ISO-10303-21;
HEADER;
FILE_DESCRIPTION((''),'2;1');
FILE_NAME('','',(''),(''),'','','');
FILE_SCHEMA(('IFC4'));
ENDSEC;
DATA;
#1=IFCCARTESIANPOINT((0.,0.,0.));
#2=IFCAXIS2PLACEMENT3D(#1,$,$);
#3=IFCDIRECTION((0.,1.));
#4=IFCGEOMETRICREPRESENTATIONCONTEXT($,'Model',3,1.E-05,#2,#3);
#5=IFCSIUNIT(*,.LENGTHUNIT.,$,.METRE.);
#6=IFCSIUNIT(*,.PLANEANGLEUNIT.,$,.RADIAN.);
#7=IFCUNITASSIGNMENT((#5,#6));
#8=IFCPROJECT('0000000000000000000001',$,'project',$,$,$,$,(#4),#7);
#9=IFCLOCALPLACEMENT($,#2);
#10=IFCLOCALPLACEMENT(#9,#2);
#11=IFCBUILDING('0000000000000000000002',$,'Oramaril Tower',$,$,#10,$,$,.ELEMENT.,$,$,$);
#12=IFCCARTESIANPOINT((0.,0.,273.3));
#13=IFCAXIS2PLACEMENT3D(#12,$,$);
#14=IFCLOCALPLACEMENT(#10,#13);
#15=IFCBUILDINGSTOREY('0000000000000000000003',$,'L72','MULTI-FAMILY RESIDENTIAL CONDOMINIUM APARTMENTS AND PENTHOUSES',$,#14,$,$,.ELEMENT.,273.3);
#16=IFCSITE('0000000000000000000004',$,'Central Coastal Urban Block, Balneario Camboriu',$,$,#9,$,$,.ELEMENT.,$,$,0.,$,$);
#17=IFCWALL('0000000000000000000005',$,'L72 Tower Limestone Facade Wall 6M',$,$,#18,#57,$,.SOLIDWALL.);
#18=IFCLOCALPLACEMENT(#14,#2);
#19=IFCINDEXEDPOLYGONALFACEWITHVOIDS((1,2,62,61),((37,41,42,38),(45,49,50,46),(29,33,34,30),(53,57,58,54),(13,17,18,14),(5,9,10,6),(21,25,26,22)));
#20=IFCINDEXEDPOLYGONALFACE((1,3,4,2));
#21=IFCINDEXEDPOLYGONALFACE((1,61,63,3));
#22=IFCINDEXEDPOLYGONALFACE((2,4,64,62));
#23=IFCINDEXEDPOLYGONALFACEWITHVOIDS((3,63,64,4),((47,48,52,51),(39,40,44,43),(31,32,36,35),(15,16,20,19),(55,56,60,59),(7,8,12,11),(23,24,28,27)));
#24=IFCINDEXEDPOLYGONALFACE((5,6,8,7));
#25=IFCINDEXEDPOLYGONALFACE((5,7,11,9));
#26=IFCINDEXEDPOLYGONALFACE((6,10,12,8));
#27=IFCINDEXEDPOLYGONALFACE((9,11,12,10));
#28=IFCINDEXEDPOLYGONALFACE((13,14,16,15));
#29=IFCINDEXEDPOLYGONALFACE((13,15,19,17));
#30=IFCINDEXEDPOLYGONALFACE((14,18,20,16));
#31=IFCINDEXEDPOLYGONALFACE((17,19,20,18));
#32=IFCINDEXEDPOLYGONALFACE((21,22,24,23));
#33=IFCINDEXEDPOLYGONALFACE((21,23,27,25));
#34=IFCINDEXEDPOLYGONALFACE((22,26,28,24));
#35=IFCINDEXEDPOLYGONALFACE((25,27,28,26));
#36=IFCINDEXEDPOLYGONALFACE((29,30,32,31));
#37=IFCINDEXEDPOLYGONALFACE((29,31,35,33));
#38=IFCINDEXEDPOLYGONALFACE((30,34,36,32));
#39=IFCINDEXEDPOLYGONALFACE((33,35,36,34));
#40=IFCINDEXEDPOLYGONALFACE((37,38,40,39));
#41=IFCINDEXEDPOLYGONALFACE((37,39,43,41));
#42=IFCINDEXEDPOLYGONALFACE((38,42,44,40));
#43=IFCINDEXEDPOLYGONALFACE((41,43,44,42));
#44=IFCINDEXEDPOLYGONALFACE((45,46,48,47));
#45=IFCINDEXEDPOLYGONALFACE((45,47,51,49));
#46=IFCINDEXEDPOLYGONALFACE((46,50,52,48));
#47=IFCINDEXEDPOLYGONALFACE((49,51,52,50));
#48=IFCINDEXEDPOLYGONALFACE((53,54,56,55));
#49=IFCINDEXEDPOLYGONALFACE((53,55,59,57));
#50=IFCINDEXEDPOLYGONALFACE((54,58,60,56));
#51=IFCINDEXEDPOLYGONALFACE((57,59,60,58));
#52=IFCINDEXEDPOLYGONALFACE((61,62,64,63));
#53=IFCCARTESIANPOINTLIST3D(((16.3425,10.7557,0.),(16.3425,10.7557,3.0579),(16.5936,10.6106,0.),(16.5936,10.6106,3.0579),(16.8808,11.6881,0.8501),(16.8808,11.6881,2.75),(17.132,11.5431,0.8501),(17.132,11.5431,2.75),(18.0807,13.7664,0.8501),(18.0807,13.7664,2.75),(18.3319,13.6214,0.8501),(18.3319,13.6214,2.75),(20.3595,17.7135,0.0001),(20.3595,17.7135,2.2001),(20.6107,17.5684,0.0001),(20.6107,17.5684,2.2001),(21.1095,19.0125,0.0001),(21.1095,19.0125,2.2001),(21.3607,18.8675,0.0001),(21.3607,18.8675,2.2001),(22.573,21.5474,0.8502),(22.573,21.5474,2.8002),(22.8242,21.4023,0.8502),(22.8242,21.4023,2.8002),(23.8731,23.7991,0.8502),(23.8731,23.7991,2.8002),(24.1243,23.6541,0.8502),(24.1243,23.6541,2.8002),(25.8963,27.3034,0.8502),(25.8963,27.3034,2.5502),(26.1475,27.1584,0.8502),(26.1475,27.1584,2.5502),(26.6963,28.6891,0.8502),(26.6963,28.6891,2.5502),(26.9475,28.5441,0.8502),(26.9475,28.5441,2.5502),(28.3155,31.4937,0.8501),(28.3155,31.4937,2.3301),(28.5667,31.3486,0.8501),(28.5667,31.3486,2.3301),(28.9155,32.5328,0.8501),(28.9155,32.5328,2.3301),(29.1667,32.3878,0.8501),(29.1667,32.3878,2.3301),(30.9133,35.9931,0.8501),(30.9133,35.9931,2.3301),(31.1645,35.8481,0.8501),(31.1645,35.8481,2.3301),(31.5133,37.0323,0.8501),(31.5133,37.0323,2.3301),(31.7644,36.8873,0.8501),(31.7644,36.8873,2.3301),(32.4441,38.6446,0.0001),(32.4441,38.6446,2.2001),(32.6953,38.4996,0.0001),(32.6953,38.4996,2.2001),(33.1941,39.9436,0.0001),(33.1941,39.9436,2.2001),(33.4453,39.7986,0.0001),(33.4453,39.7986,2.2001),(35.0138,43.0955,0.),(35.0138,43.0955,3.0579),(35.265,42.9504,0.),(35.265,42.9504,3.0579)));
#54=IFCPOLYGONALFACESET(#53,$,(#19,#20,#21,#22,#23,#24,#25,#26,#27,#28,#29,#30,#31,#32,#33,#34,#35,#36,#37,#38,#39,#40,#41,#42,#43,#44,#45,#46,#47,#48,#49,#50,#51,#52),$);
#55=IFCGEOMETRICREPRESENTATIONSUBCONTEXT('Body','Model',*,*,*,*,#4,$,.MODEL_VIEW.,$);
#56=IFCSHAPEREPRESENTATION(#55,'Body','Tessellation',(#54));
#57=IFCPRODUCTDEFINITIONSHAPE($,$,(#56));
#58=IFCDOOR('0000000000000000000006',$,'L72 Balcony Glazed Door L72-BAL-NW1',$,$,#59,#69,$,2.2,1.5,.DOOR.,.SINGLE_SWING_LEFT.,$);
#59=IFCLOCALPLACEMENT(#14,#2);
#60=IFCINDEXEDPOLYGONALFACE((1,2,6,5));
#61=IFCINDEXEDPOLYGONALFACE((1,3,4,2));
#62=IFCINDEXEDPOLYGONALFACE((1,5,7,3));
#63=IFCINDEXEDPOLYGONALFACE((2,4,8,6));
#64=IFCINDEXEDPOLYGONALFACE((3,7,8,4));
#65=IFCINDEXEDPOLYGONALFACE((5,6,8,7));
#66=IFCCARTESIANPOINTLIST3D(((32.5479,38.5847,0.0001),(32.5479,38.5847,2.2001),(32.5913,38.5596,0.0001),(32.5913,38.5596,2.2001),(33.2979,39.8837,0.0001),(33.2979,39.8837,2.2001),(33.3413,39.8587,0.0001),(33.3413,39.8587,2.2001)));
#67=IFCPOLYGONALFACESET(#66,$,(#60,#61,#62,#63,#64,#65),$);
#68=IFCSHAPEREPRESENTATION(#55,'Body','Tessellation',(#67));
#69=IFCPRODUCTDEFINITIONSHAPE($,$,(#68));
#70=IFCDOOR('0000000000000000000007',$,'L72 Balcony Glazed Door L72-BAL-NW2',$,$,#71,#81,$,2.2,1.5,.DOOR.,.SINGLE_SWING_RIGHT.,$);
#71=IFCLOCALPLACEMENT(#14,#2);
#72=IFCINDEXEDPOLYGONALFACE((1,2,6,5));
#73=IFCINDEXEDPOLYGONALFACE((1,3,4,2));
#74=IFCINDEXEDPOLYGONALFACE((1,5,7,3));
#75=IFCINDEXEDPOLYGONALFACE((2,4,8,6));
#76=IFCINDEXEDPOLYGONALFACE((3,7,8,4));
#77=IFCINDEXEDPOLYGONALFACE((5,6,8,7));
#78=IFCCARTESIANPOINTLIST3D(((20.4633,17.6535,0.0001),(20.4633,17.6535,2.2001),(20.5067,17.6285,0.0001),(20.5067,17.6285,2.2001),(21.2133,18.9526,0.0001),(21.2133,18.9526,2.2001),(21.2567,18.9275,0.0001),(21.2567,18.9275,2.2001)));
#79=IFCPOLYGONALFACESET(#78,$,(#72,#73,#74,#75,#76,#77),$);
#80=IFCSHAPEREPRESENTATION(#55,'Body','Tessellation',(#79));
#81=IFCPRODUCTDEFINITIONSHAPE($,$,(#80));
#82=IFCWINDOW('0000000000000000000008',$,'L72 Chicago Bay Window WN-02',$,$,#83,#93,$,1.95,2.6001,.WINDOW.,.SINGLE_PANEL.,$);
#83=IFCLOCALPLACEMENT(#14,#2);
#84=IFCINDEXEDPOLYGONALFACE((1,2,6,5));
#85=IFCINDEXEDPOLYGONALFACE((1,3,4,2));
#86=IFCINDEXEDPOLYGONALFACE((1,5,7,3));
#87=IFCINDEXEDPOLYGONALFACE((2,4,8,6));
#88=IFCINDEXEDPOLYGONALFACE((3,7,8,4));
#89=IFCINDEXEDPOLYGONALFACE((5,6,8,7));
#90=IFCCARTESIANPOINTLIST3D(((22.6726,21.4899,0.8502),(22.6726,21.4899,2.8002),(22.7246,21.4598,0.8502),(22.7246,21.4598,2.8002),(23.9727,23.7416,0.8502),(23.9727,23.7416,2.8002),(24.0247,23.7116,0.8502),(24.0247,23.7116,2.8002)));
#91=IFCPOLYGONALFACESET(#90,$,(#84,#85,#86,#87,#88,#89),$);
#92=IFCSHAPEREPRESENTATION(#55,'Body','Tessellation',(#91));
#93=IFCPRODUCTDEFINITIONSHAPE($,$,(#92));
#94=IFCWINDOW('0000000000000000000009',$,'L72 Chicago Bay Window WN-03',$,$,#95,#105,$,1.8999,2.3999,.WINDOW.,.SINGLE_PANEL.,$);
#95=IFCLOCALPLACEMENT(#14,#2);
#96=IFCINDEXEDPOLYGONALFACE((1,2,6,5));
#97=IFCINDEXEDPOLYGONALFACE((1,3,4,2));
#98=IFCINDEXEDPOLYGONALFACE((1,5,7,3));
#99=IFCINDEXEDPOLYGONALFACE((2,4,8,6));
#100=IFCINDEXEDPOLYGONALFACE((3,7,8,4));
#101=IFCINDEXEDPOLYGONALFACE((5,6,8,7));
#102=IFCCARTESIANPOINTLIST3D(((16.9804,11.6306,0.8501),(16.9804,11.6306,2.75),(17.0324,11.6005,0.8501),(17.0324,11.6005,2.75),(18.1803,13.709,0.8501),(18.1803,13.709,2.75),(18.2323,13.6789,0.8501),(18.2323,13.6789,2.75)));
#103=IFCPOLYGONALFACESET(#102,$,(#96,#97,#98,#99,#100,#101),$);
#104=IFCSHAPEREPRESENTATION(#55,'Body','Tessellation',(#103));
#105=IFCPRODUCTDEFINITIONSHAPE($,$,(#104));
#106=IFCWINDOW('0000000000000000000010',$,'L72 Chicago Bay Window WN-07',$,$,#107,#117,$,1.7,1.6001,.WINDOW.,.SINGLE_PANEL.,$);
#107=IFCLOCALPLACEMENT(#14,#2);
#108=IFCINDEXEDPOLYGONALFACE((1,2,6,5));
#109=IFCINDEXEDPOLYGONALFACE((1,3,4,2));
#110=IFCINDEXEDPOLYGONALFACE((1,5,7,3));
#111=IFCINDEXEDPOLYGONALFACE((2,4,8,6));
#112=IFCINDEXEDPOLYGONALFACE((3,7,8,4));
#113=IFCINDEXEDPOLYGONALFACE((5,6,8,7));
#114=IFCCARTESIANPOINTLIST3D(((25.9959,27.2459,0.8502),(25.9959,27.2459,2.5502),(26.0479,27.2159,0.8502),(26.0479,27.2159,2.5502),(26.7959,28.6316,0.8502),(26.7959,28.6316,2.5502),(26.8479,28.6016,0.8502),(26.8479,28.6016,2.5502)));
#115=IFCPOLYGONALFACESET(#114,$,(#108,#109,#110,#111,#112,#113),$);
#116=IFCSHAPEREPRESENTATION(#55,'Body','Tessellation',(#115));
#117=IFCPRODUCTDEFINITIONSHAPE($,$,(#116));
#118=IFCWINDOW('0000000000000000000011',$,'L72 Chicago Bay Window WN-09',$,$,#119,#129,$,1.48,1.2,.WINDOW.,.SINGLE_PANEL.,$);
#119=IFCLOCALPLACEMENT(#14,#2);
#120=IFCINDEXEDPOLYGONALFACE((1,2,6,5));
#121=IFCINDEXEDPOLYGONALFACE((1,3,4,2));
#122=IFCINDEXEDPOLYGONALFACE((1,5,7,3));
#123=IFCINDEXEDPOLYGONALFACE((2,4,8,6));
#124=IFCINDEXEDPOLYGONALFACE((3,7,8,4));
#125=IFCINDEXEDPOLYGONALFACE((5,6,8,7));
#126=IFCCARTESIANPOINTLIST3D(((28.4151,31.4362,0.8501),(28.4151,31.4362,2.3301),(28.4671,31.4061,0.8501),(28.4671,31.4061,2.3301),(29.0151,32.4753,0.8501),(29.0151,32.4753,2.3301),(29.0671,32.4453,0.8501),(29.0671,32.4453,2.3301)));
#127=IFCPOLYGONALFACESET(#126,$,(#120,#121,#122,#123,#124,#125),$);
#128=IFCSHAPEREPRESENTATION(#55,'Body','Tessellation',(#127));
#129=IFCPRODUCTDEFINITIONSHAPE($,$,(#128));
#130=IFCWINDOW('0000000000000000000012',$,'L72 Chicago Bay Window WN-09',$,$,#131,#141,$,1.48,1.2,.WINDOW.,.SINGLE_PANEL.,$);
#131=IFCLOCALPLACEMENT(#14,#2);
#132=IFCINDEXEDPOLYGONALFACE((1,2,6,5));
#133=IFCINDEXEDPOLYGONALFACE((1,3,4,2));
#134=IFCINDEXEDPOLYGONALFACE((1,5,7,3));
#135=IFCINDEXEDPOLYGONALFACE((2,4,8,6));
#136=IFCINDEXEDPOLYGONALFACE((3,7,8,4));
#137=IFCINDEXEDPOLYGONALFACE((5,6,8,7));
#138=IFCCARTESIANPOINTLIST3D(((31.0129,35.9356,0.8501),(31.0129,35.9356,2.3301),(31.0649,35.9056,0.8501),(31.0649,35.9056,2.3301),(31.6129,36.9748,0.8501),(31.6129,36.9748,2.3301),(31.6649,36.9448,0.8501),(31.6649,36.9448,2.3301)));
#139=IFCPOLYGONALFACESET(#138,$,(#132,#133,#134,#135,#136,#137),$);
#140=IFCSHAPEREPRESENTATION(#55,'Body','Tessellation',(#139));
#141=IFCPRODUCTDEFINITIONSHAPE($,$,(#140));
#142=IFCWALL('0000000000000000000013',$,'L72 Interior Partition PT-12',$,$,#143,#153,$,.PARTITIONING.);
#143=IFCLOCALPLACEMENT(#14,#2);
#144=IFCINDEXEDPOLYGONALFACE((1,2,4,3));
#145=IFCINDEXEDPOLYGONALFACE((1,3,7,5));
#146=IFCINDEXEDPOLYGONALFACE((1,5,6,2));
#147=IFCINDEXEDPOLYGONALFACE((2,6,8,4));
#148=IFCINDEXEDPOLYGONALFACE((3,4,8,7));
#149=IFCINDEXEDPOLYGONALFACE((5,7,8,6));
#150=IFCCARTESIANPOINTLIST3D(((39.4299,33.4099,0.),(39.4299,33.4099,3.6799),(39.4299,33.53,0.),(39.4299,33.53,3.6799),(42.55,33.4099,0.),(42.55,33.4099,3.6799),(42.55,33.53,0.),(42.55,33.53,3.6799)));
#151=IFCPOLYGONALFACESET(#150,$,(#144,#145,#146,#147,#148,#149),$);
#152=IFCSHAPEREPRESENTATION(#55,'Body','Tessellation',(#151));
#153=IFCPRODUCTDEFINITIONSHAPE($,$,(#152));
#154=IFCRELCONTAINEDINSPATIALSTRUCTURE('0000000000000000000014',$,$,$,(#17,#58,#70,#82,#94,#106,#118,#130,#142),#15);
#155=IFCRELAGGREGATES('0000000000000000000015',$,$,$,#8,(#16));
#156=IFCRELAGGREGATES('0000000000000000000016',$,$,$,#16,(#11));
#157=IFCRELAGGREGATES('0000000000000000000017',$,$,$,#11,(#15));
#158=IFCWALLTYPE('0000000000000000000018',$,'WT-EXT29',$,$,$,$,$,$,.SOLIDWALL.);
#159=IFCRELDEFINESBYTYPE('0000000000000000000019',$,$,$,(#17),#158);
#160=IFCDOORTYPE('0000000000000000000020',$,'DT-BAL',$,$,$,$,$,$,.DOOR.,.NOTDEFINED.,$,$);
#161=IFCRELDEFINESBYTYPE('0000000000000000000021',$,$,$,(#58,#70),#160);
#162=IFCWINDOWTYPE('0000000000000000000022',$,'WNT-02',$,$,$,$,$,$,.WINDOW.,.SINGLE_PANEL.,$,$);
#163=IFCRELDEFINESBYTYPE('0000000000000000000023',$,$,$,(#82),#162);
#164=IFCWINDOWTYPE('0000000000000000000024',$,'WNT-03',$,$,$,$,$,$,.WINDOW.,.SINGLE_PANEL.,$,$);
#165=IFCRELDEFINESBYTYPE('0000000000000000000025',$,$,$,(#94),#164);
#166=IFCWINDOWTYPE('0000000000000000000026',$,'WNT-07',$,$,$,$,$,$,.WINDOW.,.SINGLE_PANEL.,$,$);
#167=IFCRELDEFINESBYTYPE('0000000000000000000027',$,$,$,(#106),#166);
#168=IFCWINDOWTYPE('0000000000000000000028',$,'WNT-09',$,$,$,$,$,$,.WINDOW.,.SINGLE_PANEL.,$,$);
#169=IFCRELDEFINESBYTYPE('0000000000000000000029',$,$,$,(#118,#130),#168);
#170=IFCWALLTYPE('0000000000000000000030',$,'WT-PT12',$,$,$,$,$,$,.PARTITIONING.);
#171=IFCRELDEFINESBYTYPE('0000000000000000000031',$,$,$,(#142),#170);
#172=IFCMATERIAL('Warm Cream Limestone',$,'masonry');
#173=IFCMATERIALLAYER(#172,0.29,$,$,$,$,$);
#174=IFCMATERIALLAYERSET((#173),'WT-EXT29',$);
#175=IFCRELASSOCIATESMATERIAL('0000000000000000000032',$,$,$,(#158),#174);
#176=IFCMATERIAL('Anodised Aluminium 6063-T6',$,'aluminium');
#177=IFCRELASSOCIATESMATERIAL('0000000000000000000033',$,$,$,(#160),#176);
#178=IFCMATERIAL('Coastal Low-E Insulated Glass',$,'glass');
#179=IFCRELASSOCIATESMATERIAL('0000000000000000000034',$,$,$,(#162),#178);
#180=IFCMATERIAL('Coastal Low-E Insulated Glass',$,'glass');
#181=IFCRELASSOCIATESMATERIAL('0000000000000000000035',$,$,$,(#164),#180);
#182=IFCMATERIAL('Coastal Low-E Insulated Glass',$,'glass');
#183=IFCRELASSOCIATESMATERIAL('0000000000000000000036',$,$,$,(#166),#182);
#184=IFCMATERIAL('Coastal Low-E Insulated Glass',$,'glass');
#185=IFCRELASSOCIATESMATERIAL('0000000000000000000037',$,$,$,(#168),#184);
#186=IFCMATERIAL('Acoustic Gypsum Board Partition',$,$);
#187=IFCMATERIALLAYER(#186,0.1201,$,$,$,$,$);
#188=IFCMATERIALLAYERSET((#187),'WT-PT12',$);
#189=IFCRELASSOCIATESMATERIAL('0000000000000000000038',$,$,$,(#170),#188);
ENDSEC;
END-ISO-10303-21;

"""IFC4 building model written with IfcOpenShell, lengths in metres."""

from ifc_helpers import new_model, si_unit, direction, frame, frame_2d, origin, place, context, subcontext, project, spatial, rectangle, extrude, material, layer, layer_set, type_object, element, fill, save


model = new_model("IFC4")

# Units and contexts
model_context = context("Model", 3, precision=1e-05, world=origin(), true_north=direction((0.0, 1.0)))
body_context = subcontext(model_context, "Body", "Model", "MODEL_VIEW")
ifc_project = project(units=[si_unit("LENGTHUNIT", "METRE"), si_unit("PLANEANGLEUNIT", "RADIAN")], contexts=[model_context])

# Site, building, storey
site_placement = place(None, origin())
site = spatial("IfcSite", under=ifc_project, at=site_placement, Name="Central Coastal Urban Block, Balneario Camboriu", CompositionType="ELEMENT", RefElevation=0.0)
building_placement = place(site_placement, origin())
building = spatial("IfcBuilding", under=site, at=building_placement, Name="Oramaril Tower", CompositionType="ELEMENT")
storey_placement = place(building_placement, frame((0.0, 0.0, 273.3)))
storey = spatial("IfcBuildingStorey", under=building, at=storey_placement, Name="L72", Description="MULTI-FAMILY RESIDENTIAL CONDOMINIUM APARTMENTS AND PENTHOUSES", CompositionType="ELEMENT", Elevation=273.3)

# Shared definitions
ifc_material_1 = material(Name="Warm Cream Limestone", Category="masonry")
ifc_layer_1 = layer(ifc_material_1, 0.29)
ifc_layer_set_1 = layer_set([ifc_layer_1], Name="WT-EXT29")
wall_type_1 = type_object("IfcWallType", Name="WT-EXT29", PredefinedType="SOLIDWALL", material=ifc_layer_set_1)

# Wall, openings, doors, windows
wall_1_placement = place(storey_placement, frame((35.1394, 43.0229, 0.0), z_axis=(0.0, 0.0, 1.0), x_axis=(-0.499999, -0.866026, 0.0)))
wall_1 = element("IfcWall", 1, at=wall_1_placement, inside=storey, type_object=wall_type_1, Name="L72 Tower Limestone Facade Wall 6M", PredefinedType="SOLIDWALL", context=body_context, shape_type="SweptSolid", body=[
    extrude(rectangle(XDim=37.3428, YDim=0.29, at=frame_2d((18.6714, 0.0))), origin(), (0.0, 0.0, 1.0), 3.0579),
])
opening_1_placement = place(wall_1_placement, frame((3.6394, 0.0, 0.0)))
opening_1 = element("IfcOpeningElement", 2, at=opening_1_placement, cuts=wall_1, PredefinedType="OPENING", context=body_context, shape_type="SweptSolid", body=[
    extrude(rectangle(XDim=1.5, YDim=2.2, at=frame_2d((0.75, 1.1001))), frame((0.0, 0.145, 0.0), z_axis=(0.0, -1.0, 0.0), x_axis=(1.0, 0.0, 0.0)), (0.0, 0.0, 1.0), 0.29),
])
opening_2_placement = place(wall_1_placement, frame((27.8086, 0.0, 0.0)))
opening_2 = element("IfcOpeningElement", 3, at=opening_2_placement, cuts=wall_1, PredefinedType="OPENING", context=body_context, shape_type="SweptSolid", body=[
    extrude(rectangle(XDim=1.5, YDim=2.2, at=frame_2d((0.75, 1.1001))), frame((0.0, 0.145, 0.0), z_axis=(0.0, -1.0, 0.0), x_axis=(1.0, 0.0, 0.0)), (0.0, 0.0, 1.0), 0.29),
])
opening_3_placement = place(wall_1_placement, frame((22.2815, 0.0, 0.8501)))
opening_3 = element("IfcOpeningElement", 4, at=opening_3_placement, cuts=wall_1, PredefinedType="OPENING", context=body_context, shape_type="SweptSolid", body=[
    extrude(rectangle(XDim=2.6001, YDim=1.95, at=frame_2d((1.3, 0.9751))), frame((0.0, 0.145, 0.0), z_axis=(0.0, -1.0, 0.0), x_axis=(1.0, 0.0, 0.0)), (0.0, 0.0, 1.0), 0.29),
])
opening_4_placement = place(wall_1_placement, frame((33.8662, 0.0, 0.8501)))
opening_4 = element("IfcOpeningElement", 5, at=opening_4_placement, cuts=wall_1, PredefinedType="OPENING", context=body_context, shape_type="SweptSolid", body=[
    extrude(rectangle(XDim=2.3999, YDim=1.8999, at=frame_2d((1.2, 0.95))), frame((0.0, 0.145, 0.0), z_axis=(0.0, -1.0, 0.0), x_axis=(1.0, 0.0, 0.0)), (0.0, 0.0, 1.0), 0.29),
])
opening_5_placement = place(wall_1_placement, frame((12.1965, 0.0, 0.8501)))
opening_5 = element("IfcOpeningElement", 6, at=opening_5_placement, cuts=wall_1, PredefinedType="OPENING", context=body_context, shape_type="SweptSolid", body=[
    extrude(rectangle(XDim=1.2, YDim=1.48, at=frame_2d((0.6001, 0.74))), frame((0.0, 0.145, 0.0), z_axis=(0.0, -1.0, 0.0), x_axis=(1.0, 0.0, 0.0)), (0.0, 0.0, 1.0), 0.29),
])
opening_6_placement = place(wall_1_placement, frame((16.635, 0.0, 0.8501)))
opening_6 = element("IfcOpeningElement", 7, at=opening_6_placement, cuts=wall_1, PredefinedType="OPENING", context=body_context, shape_type="SweptSolid", body=[
    extrude(rectangle(XDim=1.6001, YDim=1.7, at=frame_2d((0.8, 0.8501))), frame((0.0, 0.145, 0.0), z_axis=(0.0, -1.0, 0.0), x_axis=(1.0, 0.0, 0.0)), (0.0, 0.0, 1.0), 0.29),
])
opening_7_placement = place(wall_1_placement, frame((7.001, 0.0, 0.8501)))
opening_7 = element("IfcOpeningElement", 8, at=opening_7_placement, cuts=wall_1, PredefinedType="OPENING", context=body_context, shape_type="SweptSolid", body=[
    extrude(rectangle(XDim=1.2, YDim=1.48, at=frame_2d((0.6001, 0.74))), frame((0.0, 0.145, 0.0), z_axis=(0.0, -1.0, 0.0), x_axis=(1.0, 0.0, 0.0)), (0.0, 0.0, 1.0), 0.29),
])
ifc_material_2 = material(Name="Anodised Aluminium 6063-T6", Category="aluminium")
door_type = type_object("IfcDoorType", Name="DT-BAL", OperationType="NOTDEFINED", PredefinedType="DOOR", material=ifc_material_2)
door_1_placement = place(opening_1_placement, origin())
door_1 = element("IfcDoor", 9, at=door_1_placement, inside=storey, type_object=door_type, Name="L72 Balcony Glazed Door L72-BAL-NW1", OperationType="SINGLE_SWING_LEFT", OverallHeight=2.2, OverallWidth=1.5, PredefinedType="DOOR", context=body_context, shape_type="SweptSolid", body=[
    extrude(rectangle(XDim=1.5, YDim=2.2, at=frame_2d((0.75, 1.1001))), frame((0.0, 0.0249, 0.0), z_axis=(0.0, -1.0, 0.0), x_axis=(1.0, 0.0, 0.0)), (0.0, 0.0, 1.0), 0.05),
])
fill(opening_1, door_1)
door_2_placement = place(opening_2_placement, origin())
door_2 = element("IfcDoor", 10, at=door_2_placement, inside=storey, type_object=door_type, Name="L72 Balcony Glazed Door L72-BAL-NW2", OperationType="SINGLE_SWING_RIGHT", OverallHeight=2.2, OverallWidth=1.5, PredefinedType="DOOR", context=body_context, shape_type="SweptSolid", body=[
    extrude(rectangle(XDim=1.5, YDim=2.2, at=frame_2d((0.75, 1.1001))), frame((0.0, 0.0249, 0.0), z_axis=(0.0, -1.0, 0.0), x_axis=(1.0, 0.0, 0.0)), (0.0, 0.0, 1.0), 0.05),
])
fill(opening_2, door_2)
ifc_material_3 = material(Name="Coastal Low-E Insulated Glass", Category="glass")
window_type_1 = type_object("IfcWindowType", Name="WNT-02", PartitioningType="SINGLE_PANEL", PredefinedType="WINDOW", material=ifc_material_3)
window_1_placement = place(opening_3_placement, origin())
window_1 = element("IfcWindow", 11, at=window_1_placement, inside=storey, type_object=window_type_1, Name="L72 Chicago Bay Window WN-02", OverallHeight=1.95, OverallWidth=2.6001, PartitioningType="SINGLE_PANEL", PredefinedType="WINDOW", context=body_context, shape_type="SweptSolid", body=[
    extrude(rectangle(XDim=2.6001, YDim=1.95, at=frame_2d((1.3, 0.9751))), frame((0.0, 0.03, 0.0), z_axis=(0.0, -1.0, 0.0), x_axis=(1.0, 0.0, 0.0)), (0.0, 0.0, 1.0), 0.0601),
])
fill(opening_3, window_1)
ifc_material_4 = material(Name="Coastal Low-E Insulated Glass", Category="glass")
window_type_2 = type_object("IfcWindowType", Name="WNT-03", PartitioningType="SINGLE_PANEL", PredefinedType="WINDOW", material=ifc_material_4)
window_2_placement = place(opening_4_placement, origin())
window_2 = element("IfcWindow", 12, at=window_2_placement, inside=storey, type_object=window_type_2, Name="L72 Chicago Bay Window WN-03", OverallHeight=1.8999, OverallWidth=2.3999, PartitioningType="SINGLE_PANEL", PredefinedType="WINDOW", context=body_context, shape_type="SweptSolid", body=[
    extrude(rectangle(XDim=2.3999, YDim=1.8999, at=frame_2d((1.2, 0.95))), frame((0.0, 0.03, 0.0), z_axis=(0.0, -1.0, 0.0), x_axis=(1.0, 0.0, 0.0)), (0.0, 0.0, 1.0), 0.0601),
])
fill(opening_4, window_2)
ifc_material_5 = material(Name="Coastal Low-E Insulated Glass", Category="glass")
window_type_3 = type_object("IfcWindowType", Name="WNT-07", PartitioningType="SINGLE_PANEL", PredefinedType="WINDOW", material=ifc_material_5)
window_3_placement = place(opening_6_placement, origin())
window_3 = element("IfcWindow", 13, at=window_3_placement, inside=storey, type_object=window_type_3, Name="L72 Chicago Bay Window WN-07", OverallHeight=1.7, OverallWidth=1.6001, PartitioningType="SINGLE_PANEL", PredefinedType="WINDOW", context=body_context, shape_type="SweptSolid", body=[
    extrude(rectangle(XDim=1.6001, YDim=1.7, at=frame_2d((0.8, 0.8501))), frame((0.0, 0.03, 0.0), z_axis=(0.0, -1.0, 0.0), x_axis=(1.0, 0.0, 0.0)), (0.0, 0.0, 1.0), 0.0601),
])
fill(opening_6, window_3)
ifc_material_6 = material(Name="Coastal Low-E Insulated Glass", Category="glass")
window_type_4 = type_object("IfcWindowType", Name="WNT-09", PartitioningType="SINGLE_PANEL", PredefinedType="WINDOW", material=ifc_material_6)
window_4_placement = place(opening_5_placement, origin())
window_4 = element("IfcWindow", 14, at=window_4_placement, inside=storey, type_object=window_type_4, Name="L72 Chicago Bay Window WN-09", OverallHeight=1.48, OverallWidth=1.2, PartitioningType="SINGLE_PANEL", PredefinedType="WINDOW", context=body_context, shape_type="SweptSolid", body=[
    extrude(rectangle(XDim=1.2, YDim=1.48, at=frame_2d((0.6001, 0.74))), frame((0.0, 0.03, 0.0), z_axis=(0.0, -1.0, 0.0), x_axis=(1.0, 0.0, 0.0)), (0.0, 0.0, 1.0), 0.0601),
])
fill(opening_5, window_4)
window_5_placement = place(opening_7_placement, origin())
window_5 = element("IfcWindow", 15, at=window_5_placement, inside=storey, type_object=window_type_4, Name="L72 Chicago Bay Window WN-09", OverallHeight=1.48, OverallWidth=1.2, PartitioningType="SINGLE_PANEL", PredefinedType="WINDOW", context=body_context, shape_type="SweptSolid", body=[
    extrude(rectangle(XDim=1.2, YDim=1.48, at=frame_2d((0.6001, 0.74))), frame((0.0, 0.03, 0.0), z_axis=(0.0, -1.0, 0.0), x_axis=(1.0, 0.0, 0.0)), (0.0, 0.0, 1.0), 0.0601),
])
fill(opening_7, window_5)

# Wall
ifc_material_7 = material(Name="Acoustic Gypsum Board Partition")
ifc_layer_2 = layer(ifc_material_7, 0.1201)
ifc_layer_set_2 = layer_set([ifc_layer_2], Name="WT-PT12")
wall_type_2 = type_object("IfcWallType", Name="WT-PT12", PredefinedType="PARTITIONING", material=ifc_layer_set_2)
wall_2_placement = place(storey_placement, frame((39.4299, 33.47, 0.0), z_axis=(0.0, 0.0, 1.0), x_axis=(1.0, 0.0, 0.0)))
element("IfcWall", 16, at=wall_2_placement, inside=storey, type_object=wall_type_2, Name="L72 Interior Partition PT-12", PredefinedType="PARTITIONING", context=body_context, shape_type="SweptSolid", body=[
    extrude(rectangle(XDim=3.1201, YDim=0.1201, at=frame_2d((1.5601, 0.0))), origin(), (0.0, 0.0, 1.0), 3.6799),
])

save(model, "model.ifc")
